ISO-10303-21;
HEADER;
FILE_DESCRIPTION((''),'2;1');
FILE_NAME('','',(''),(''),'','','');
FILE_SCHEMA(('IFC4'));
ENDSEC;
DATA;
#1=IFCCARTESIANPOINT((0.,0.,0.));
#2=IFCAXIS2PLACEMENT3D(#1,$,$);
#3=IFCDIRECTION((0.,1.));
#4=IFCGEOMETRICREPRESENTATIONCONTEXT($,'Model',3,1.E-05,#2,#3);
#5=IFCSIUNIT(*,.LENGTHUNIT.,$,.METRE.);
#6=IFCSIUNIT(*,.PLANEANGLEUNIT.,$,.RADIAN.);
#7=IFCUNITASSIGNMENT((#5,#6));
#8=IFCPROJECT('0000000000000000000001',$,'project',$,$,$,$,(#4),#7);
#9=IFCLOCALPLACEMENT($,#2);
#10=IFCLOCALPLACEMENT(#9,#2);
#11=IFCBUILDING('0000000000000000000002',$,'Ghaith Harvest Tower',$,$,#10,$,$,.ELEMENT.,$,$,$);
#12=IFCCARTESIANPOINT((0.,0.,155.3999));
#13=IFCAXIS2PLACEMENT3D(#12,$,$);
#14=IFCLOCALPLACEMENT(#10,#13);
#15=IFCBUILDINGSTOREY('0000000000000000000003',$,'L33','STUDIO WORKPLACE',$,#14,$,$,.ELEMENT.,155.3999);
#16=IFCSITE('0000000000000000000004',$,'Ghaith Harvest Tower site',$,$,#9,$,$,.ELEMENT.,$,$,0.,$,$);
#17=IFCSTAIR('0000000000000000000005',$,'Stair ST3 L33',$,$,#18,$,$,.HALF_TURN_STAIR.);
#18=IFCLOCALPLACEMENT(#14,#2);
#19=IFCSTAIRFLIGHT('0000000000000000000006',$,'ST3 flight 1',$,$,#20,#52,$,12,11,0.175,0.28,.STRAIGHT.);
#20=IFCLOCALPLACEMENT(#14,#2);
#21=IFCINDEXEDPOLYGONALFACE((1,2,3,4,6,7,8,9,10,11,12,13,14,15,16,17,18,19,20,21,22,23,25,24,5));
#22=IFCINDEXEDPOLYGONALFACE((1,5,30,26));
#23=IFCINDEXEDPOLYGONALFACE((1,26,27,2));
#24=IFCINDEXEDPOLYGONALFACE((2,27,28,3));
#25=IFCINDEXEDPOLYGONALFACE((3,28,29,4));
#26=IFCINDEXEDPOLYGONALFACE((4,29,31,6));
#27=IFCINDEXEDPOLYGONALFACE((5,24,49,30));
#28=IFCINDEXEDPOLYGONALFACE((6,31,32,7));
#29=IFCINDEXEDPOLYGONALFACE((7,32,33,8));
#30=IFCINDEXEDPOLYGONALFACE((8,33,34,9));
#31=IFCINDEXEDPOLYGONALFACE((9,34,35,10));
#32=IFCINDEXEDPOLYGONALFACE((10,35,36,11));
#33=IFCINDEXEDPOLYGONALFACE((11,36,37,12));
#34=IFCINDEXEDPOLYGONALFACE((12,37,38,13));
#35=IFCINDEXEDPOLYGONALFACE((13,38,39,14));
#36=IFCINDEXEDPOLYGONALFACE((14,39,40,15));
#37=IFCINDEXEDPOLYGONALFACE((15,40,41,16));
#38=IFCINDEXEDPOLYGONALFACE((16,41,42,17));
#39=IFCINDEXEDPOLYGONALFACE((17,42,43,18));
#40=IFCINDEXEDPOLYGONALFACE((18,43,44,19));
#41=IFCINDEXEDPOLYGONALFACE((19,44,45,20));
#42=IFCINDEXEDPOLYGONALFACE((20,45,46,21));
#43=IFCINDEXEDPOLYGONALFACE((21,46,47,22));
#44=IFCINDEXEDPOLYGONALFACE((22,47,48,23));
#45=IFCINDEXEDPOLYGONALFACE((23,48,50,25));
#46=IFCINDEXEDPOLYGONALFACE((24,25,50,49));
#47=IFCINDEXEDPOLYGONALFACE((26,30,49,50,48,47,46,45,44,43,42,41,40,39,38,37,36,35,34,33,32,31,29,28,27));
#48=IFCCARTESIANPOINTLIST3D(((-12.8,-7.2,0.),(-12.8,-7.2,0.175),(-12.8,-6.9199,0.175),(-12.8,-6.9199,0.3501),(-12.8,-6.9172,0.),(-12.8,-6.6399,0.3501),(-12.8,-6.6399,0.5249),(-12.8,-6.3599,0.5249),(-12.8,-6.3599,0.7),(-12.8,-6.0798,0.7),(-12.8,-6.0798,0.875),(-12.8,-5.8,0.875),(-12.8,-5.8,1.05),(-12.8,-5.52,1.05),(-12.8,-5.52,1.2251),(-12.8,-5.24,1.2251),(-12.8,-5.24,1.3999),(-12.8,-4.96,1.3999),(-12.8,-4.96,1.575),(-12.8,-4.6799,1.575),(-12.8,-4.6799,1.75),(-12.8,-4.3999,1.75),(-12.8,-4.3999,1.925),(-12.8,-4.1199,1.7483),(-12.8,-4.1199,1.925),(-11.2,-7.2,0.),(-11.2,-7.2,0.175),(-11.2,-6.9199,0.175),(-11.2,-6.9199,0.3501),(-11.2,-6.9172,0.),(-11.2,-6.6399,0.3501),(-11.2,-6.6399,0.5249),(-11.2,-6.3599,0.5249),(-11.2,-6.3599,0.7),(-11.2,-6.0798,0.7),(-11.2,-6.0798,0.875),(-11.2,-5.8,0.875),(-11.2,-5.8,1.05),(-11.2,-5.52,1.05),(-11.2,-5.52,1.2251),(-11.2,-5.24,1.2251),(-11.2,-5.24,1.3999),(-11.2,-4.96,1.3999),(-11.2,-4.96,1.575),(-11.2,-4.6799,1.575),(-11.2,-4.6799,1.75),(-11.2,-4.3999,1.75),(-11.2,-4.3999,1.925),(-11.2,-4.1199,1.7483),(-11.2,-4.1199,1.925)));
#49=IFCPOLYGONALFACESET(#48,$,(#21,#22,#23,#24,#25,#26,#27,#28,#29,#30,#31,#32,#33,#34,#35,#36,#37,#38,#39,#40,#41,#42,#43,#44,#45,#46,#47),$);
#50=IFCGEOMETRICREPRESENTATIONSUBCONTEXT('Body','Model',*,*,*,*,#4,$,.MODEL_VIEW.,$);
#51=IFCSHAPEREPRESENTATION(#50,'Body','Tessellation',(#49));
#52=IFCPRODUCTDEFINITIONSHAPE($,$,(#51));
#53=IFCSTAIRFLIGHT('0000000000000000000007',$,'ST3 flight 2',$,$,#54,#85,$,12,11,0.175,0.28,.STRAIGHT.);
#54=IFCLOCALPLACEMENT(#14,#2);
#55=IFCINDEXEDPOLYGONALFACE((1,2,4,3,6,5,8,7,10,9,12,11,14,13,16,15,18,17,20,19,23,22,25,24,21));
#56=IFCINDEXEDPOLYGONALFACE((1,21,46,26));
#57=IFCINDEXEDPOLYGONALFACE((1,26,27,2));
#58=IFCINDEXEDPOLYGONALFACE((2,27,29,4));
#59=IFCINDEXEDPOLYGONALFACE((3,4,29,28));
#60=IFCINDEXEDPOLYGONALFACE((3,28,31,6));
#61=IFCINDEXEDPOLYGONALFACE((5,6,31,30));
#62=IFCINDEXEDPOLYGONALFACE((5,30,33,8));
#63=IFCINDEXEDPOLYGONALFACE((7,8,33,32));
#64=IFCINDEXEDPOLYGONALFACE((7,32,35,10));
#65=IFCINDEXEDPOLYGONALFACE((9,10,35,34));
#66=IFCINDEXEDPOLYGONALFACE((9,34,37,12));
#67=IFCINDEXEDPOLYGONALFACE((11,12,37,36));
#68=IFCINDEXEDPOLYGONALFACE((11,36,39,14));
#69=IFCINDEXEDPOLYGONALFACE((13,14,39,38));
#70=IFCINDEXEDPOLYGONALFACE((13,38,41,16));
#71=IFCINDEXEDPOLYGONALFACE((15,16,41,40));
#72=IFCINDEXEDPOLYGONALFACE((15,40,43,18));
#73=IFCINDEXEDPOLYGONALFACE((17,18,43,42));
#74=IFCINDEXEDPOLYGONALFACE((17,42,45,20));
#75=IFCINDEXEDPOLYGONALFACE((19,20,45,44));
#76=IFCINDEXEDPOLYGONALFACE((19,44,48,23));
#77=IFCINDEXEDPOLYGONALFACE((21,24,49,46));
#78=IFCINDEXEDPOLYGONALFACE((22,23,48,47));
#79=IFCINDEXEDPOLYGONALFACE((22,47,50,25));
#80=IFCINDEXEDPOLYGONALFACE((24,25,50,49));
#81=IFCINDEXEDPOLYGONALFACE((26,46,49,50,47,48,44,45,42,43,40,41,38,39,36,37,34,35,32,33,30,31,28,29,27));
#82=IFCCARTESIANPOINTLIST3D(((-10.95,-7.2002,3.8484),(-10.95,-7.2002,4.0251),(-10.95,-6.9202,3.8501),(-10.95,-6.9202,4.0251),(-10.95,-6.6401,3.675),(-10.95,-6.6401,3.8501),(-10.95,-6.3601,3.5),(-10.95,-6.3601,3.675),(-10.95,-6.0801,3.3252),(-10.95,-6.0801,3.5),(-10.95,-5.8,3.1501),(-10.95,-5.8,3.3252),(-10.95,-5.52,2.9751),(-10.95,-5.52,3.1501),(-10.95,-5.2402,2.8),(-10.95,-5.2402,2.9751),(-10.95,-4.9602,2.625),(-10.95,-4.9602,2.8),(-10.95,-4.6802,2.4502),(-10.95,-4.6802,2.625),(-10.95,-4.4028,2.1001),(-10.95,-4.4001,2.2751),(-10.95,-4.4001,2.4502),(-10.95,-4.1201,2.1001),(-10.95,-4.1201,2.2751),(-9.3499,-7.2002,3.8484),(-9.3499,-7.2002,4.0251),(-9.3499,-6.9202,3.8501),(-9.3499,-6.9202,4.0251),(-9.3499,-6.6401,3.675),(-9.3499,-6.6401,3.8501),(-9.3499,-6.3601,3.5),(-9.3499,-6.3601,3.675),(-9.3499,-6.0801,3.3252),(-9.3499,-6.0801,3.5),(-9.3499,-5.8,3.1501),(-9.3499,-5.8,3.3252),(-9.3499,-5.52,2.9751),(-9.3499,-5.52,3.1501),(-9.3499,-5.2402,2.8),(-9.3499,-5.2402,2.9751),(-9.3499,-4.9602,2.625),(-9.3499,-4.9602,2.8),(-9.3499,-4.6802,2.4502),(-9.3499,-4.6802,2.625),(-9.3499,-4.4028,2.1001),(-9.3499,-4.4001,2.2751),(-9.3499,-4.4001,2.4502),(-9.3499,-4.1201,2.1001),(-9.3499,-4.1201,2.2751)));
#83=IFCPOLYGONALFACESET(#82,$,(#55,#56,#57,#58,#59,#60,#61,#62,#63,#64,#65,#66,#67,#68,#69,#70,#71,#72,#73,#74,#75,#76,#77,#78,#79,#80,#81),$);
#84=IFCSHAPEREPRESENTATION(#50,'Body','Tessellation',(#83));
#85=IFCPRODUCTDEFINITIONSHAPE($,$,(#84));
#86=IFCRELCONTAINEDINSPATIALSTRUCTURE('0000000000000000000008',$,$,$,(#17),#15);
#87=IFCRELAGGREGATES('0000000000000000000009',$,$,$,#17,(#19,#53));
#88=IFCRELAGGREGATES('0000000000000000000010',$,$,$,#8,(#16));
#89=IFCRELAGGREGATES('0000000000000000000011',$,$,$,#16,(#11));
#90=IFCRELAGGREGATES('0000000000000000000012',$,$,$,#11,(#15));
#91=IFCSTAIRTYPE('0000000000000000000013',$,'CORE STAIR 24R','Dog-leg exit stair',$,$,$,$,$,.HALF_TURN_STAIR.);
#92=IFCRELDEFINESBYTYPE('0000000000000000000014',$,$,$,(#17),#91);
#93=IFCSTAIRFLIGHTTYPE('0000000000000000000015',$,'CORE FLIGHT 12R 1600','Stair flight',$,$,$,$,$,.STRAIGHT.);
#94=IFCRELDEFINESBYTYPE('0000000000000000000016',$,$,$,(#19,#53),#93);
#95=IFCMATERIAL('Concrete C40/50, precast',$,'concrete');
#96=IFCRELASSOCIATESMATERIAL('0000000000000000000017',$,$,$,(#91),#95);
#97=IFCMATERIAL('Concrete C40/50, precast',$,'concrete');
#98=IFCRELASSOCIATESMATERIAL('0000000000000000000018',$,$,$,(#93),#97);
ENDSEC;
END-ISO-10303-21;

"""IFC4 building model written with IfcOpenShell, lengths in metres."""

from ifc_helpers import new_model, si_unit, direction, frame, origin, place, context, subcontext, project, spatial, polyline, outline, extrude, material, type_object, element, aggregate, save


model = new_model("IFC4")

# Units and contexts
model_context = context("Model", 3, precision=1e-05, world=origin(), true_north=direction((0.0, 1.0)))
body_context = subcontext(model_context, "Body", "Model", "MODEL_VIEW")
ifc_project = project(units=[si_unit("LENGTHUNIT", "METRE"), si_unit("PLANEANGLEUNIT", "RADIAN")], contexts=[model_context])

# Site, building, storey
site_placement = place(None, origin())
site = spatial("IfcSite", under=ifc_project, at=site_placement, Name="Ghaith Harvest Tower site", CompositionType="ELEMENT", RefElevation=0.0)
building_placement = place(site_placement, origin())
building = spatial("IfcBuilding", under=site, at=building_placement, Name="Ghaith Harvest Tower", CompositionType="ELEMENT")
storey_placement = place(building_placement, frame((0.0, 0.0, 155.3999)))
storey = spatial("IfcBuildingStorey", under=building, at=storey_placement, Name="L33", Description="STUDIO WORKPLACE", CompositionType="ELEMENT", Elevation=155.3999)

# Stair, stair flights
ifc_material_1 = material(Name="Concrete C40/50, precast", Category="concrete")
stair_type = type_object("IfcStairType", Name="CORE STAIR 24R", Description="Dog-leg exit stair", PredefinedType="HALF_TURN_STAIR", material=ifc_material_1)
stair_placement = place(storey_placement, origin())
stair = element("IfcStair", 1, at=stair_placement, inside=storey, type_object=stair_type, Name="Stair ST3 L33", PredefinedType="HALF_TURN_STAIR")
ifc_material_2 = material(Name="Concrete C40/50, precast", Category="concrete")
stair_flight_type = type_object("IfcStairFlightType", Name="CORE FLIGHT 12R 1600", Description="Stair flight", PredefinedType="STRAIGHT", material=ifc_material_2)
stair_flight_1_placement = place(storey_placement, frame((-12.0, -7.2, 0.0), z_axis=(0.0, 0.0, 1.0), x_axis=(0.0, 1.0, 0.0)))
stair_flight_1 = element("IfcStairFlight", 2, at=stair_flight_1_placement, type_object=stair_flight_type, Name="ST3 flight 1", NumberOfRisers=12, NumberOfTreads=11, PredefinedType="STRAIGHT", RiserHeight=0.175, TreadLength=0.28, context=body_context, shape_type="SweptSolid", body=[
    extrude(outline(polyline([(0.0, 0.0), (0.0, 0.175), (0.28, 0.175), (0.28, 0.3501), (0.5601, 0.3501), (0.5601, 0.5249), (0.8401, 0.5249), (0.8401, 0.7), (1.1201, 0.7), (1.1201, 0.875), (1.3999, 0.875), (1.3999, 1.05), (1.6799, 1.05), (1.6799, 1.2251), (1.96, 1.2251), (1.96, 1.3999), (2.24, 1.3999), (2.24, 1.575), (2.52, 1.575), (2.52, 1.75), (2.8, 1.75), (2.8, 1.925), (3.0801, 1.925), (3.0801, 2.1001), (3.0801, 1.7483), (0.2827, 0.0), (0.0, 0.0)])), frame((0.0, 0.8, 0.0), z_axis=(0.0, -1.0, 0.0), x_axis=(1.0, 0.0, 0.0)), (0.0, 0.0, 1.0), 1.6001),
])
stair_flight_2_placement = place(storey_placement, frame((-10.1499, -4.1201, 2.1001), z_axis=(0.0, 0.0, 1.0), x_axis=(0.0, -1.0, 0.0)))
stair_flight_2 = element("IfcStairFlight", 3, at=stair_flight_2_placement, type_object=stair_flight_type, Name="ST3 flight 2", NumberOfRisers=12, NumberOfTreads=11, PredefinedType="STRAIGHT", RiserHeight=0.175, TreadLength=0.28, context=body_context, shape_type="SweptSolid", body=[
    extrude(outline(polyline([(0.0, 0.0), (0.0, 0.175), (0.28, 0.175), (0.28, 0.3501), (0.5601, 0.3501), (0.5601, 0.5249), (0.8401, 0.5249), (0.8401, 0.7), (1.1201, 0.7), (1.1201, 0.875), (1.3999, 0.875), (1.3999, 1.05), (1.6799, 1.05), (1.6799, 1.2251), (1.96, 1.2251), (1.96, 1.3999), (2.24, 1.3999), (2.24, 1.575), (2.52, 1.575), (2.52, 1.75), (2.8, 1.75), (2.8, 1.925), (3.0801, 1.925), (3.0801, 2.1001), (3.0801, 1.7483), (0.2827, 0.0), (0.0, 0.0)])), frame((0.0, 0.8, 0.0), z_axis=(0.0, -1.0, 0.0), x_axis=(1.0, 0.0, 0.0)), (0.0, 0.0, 1.0), 1.6001),
])
aggregate(stair, [stair_flight_1, stair_flight_2])

save(model, "model.ifc")
